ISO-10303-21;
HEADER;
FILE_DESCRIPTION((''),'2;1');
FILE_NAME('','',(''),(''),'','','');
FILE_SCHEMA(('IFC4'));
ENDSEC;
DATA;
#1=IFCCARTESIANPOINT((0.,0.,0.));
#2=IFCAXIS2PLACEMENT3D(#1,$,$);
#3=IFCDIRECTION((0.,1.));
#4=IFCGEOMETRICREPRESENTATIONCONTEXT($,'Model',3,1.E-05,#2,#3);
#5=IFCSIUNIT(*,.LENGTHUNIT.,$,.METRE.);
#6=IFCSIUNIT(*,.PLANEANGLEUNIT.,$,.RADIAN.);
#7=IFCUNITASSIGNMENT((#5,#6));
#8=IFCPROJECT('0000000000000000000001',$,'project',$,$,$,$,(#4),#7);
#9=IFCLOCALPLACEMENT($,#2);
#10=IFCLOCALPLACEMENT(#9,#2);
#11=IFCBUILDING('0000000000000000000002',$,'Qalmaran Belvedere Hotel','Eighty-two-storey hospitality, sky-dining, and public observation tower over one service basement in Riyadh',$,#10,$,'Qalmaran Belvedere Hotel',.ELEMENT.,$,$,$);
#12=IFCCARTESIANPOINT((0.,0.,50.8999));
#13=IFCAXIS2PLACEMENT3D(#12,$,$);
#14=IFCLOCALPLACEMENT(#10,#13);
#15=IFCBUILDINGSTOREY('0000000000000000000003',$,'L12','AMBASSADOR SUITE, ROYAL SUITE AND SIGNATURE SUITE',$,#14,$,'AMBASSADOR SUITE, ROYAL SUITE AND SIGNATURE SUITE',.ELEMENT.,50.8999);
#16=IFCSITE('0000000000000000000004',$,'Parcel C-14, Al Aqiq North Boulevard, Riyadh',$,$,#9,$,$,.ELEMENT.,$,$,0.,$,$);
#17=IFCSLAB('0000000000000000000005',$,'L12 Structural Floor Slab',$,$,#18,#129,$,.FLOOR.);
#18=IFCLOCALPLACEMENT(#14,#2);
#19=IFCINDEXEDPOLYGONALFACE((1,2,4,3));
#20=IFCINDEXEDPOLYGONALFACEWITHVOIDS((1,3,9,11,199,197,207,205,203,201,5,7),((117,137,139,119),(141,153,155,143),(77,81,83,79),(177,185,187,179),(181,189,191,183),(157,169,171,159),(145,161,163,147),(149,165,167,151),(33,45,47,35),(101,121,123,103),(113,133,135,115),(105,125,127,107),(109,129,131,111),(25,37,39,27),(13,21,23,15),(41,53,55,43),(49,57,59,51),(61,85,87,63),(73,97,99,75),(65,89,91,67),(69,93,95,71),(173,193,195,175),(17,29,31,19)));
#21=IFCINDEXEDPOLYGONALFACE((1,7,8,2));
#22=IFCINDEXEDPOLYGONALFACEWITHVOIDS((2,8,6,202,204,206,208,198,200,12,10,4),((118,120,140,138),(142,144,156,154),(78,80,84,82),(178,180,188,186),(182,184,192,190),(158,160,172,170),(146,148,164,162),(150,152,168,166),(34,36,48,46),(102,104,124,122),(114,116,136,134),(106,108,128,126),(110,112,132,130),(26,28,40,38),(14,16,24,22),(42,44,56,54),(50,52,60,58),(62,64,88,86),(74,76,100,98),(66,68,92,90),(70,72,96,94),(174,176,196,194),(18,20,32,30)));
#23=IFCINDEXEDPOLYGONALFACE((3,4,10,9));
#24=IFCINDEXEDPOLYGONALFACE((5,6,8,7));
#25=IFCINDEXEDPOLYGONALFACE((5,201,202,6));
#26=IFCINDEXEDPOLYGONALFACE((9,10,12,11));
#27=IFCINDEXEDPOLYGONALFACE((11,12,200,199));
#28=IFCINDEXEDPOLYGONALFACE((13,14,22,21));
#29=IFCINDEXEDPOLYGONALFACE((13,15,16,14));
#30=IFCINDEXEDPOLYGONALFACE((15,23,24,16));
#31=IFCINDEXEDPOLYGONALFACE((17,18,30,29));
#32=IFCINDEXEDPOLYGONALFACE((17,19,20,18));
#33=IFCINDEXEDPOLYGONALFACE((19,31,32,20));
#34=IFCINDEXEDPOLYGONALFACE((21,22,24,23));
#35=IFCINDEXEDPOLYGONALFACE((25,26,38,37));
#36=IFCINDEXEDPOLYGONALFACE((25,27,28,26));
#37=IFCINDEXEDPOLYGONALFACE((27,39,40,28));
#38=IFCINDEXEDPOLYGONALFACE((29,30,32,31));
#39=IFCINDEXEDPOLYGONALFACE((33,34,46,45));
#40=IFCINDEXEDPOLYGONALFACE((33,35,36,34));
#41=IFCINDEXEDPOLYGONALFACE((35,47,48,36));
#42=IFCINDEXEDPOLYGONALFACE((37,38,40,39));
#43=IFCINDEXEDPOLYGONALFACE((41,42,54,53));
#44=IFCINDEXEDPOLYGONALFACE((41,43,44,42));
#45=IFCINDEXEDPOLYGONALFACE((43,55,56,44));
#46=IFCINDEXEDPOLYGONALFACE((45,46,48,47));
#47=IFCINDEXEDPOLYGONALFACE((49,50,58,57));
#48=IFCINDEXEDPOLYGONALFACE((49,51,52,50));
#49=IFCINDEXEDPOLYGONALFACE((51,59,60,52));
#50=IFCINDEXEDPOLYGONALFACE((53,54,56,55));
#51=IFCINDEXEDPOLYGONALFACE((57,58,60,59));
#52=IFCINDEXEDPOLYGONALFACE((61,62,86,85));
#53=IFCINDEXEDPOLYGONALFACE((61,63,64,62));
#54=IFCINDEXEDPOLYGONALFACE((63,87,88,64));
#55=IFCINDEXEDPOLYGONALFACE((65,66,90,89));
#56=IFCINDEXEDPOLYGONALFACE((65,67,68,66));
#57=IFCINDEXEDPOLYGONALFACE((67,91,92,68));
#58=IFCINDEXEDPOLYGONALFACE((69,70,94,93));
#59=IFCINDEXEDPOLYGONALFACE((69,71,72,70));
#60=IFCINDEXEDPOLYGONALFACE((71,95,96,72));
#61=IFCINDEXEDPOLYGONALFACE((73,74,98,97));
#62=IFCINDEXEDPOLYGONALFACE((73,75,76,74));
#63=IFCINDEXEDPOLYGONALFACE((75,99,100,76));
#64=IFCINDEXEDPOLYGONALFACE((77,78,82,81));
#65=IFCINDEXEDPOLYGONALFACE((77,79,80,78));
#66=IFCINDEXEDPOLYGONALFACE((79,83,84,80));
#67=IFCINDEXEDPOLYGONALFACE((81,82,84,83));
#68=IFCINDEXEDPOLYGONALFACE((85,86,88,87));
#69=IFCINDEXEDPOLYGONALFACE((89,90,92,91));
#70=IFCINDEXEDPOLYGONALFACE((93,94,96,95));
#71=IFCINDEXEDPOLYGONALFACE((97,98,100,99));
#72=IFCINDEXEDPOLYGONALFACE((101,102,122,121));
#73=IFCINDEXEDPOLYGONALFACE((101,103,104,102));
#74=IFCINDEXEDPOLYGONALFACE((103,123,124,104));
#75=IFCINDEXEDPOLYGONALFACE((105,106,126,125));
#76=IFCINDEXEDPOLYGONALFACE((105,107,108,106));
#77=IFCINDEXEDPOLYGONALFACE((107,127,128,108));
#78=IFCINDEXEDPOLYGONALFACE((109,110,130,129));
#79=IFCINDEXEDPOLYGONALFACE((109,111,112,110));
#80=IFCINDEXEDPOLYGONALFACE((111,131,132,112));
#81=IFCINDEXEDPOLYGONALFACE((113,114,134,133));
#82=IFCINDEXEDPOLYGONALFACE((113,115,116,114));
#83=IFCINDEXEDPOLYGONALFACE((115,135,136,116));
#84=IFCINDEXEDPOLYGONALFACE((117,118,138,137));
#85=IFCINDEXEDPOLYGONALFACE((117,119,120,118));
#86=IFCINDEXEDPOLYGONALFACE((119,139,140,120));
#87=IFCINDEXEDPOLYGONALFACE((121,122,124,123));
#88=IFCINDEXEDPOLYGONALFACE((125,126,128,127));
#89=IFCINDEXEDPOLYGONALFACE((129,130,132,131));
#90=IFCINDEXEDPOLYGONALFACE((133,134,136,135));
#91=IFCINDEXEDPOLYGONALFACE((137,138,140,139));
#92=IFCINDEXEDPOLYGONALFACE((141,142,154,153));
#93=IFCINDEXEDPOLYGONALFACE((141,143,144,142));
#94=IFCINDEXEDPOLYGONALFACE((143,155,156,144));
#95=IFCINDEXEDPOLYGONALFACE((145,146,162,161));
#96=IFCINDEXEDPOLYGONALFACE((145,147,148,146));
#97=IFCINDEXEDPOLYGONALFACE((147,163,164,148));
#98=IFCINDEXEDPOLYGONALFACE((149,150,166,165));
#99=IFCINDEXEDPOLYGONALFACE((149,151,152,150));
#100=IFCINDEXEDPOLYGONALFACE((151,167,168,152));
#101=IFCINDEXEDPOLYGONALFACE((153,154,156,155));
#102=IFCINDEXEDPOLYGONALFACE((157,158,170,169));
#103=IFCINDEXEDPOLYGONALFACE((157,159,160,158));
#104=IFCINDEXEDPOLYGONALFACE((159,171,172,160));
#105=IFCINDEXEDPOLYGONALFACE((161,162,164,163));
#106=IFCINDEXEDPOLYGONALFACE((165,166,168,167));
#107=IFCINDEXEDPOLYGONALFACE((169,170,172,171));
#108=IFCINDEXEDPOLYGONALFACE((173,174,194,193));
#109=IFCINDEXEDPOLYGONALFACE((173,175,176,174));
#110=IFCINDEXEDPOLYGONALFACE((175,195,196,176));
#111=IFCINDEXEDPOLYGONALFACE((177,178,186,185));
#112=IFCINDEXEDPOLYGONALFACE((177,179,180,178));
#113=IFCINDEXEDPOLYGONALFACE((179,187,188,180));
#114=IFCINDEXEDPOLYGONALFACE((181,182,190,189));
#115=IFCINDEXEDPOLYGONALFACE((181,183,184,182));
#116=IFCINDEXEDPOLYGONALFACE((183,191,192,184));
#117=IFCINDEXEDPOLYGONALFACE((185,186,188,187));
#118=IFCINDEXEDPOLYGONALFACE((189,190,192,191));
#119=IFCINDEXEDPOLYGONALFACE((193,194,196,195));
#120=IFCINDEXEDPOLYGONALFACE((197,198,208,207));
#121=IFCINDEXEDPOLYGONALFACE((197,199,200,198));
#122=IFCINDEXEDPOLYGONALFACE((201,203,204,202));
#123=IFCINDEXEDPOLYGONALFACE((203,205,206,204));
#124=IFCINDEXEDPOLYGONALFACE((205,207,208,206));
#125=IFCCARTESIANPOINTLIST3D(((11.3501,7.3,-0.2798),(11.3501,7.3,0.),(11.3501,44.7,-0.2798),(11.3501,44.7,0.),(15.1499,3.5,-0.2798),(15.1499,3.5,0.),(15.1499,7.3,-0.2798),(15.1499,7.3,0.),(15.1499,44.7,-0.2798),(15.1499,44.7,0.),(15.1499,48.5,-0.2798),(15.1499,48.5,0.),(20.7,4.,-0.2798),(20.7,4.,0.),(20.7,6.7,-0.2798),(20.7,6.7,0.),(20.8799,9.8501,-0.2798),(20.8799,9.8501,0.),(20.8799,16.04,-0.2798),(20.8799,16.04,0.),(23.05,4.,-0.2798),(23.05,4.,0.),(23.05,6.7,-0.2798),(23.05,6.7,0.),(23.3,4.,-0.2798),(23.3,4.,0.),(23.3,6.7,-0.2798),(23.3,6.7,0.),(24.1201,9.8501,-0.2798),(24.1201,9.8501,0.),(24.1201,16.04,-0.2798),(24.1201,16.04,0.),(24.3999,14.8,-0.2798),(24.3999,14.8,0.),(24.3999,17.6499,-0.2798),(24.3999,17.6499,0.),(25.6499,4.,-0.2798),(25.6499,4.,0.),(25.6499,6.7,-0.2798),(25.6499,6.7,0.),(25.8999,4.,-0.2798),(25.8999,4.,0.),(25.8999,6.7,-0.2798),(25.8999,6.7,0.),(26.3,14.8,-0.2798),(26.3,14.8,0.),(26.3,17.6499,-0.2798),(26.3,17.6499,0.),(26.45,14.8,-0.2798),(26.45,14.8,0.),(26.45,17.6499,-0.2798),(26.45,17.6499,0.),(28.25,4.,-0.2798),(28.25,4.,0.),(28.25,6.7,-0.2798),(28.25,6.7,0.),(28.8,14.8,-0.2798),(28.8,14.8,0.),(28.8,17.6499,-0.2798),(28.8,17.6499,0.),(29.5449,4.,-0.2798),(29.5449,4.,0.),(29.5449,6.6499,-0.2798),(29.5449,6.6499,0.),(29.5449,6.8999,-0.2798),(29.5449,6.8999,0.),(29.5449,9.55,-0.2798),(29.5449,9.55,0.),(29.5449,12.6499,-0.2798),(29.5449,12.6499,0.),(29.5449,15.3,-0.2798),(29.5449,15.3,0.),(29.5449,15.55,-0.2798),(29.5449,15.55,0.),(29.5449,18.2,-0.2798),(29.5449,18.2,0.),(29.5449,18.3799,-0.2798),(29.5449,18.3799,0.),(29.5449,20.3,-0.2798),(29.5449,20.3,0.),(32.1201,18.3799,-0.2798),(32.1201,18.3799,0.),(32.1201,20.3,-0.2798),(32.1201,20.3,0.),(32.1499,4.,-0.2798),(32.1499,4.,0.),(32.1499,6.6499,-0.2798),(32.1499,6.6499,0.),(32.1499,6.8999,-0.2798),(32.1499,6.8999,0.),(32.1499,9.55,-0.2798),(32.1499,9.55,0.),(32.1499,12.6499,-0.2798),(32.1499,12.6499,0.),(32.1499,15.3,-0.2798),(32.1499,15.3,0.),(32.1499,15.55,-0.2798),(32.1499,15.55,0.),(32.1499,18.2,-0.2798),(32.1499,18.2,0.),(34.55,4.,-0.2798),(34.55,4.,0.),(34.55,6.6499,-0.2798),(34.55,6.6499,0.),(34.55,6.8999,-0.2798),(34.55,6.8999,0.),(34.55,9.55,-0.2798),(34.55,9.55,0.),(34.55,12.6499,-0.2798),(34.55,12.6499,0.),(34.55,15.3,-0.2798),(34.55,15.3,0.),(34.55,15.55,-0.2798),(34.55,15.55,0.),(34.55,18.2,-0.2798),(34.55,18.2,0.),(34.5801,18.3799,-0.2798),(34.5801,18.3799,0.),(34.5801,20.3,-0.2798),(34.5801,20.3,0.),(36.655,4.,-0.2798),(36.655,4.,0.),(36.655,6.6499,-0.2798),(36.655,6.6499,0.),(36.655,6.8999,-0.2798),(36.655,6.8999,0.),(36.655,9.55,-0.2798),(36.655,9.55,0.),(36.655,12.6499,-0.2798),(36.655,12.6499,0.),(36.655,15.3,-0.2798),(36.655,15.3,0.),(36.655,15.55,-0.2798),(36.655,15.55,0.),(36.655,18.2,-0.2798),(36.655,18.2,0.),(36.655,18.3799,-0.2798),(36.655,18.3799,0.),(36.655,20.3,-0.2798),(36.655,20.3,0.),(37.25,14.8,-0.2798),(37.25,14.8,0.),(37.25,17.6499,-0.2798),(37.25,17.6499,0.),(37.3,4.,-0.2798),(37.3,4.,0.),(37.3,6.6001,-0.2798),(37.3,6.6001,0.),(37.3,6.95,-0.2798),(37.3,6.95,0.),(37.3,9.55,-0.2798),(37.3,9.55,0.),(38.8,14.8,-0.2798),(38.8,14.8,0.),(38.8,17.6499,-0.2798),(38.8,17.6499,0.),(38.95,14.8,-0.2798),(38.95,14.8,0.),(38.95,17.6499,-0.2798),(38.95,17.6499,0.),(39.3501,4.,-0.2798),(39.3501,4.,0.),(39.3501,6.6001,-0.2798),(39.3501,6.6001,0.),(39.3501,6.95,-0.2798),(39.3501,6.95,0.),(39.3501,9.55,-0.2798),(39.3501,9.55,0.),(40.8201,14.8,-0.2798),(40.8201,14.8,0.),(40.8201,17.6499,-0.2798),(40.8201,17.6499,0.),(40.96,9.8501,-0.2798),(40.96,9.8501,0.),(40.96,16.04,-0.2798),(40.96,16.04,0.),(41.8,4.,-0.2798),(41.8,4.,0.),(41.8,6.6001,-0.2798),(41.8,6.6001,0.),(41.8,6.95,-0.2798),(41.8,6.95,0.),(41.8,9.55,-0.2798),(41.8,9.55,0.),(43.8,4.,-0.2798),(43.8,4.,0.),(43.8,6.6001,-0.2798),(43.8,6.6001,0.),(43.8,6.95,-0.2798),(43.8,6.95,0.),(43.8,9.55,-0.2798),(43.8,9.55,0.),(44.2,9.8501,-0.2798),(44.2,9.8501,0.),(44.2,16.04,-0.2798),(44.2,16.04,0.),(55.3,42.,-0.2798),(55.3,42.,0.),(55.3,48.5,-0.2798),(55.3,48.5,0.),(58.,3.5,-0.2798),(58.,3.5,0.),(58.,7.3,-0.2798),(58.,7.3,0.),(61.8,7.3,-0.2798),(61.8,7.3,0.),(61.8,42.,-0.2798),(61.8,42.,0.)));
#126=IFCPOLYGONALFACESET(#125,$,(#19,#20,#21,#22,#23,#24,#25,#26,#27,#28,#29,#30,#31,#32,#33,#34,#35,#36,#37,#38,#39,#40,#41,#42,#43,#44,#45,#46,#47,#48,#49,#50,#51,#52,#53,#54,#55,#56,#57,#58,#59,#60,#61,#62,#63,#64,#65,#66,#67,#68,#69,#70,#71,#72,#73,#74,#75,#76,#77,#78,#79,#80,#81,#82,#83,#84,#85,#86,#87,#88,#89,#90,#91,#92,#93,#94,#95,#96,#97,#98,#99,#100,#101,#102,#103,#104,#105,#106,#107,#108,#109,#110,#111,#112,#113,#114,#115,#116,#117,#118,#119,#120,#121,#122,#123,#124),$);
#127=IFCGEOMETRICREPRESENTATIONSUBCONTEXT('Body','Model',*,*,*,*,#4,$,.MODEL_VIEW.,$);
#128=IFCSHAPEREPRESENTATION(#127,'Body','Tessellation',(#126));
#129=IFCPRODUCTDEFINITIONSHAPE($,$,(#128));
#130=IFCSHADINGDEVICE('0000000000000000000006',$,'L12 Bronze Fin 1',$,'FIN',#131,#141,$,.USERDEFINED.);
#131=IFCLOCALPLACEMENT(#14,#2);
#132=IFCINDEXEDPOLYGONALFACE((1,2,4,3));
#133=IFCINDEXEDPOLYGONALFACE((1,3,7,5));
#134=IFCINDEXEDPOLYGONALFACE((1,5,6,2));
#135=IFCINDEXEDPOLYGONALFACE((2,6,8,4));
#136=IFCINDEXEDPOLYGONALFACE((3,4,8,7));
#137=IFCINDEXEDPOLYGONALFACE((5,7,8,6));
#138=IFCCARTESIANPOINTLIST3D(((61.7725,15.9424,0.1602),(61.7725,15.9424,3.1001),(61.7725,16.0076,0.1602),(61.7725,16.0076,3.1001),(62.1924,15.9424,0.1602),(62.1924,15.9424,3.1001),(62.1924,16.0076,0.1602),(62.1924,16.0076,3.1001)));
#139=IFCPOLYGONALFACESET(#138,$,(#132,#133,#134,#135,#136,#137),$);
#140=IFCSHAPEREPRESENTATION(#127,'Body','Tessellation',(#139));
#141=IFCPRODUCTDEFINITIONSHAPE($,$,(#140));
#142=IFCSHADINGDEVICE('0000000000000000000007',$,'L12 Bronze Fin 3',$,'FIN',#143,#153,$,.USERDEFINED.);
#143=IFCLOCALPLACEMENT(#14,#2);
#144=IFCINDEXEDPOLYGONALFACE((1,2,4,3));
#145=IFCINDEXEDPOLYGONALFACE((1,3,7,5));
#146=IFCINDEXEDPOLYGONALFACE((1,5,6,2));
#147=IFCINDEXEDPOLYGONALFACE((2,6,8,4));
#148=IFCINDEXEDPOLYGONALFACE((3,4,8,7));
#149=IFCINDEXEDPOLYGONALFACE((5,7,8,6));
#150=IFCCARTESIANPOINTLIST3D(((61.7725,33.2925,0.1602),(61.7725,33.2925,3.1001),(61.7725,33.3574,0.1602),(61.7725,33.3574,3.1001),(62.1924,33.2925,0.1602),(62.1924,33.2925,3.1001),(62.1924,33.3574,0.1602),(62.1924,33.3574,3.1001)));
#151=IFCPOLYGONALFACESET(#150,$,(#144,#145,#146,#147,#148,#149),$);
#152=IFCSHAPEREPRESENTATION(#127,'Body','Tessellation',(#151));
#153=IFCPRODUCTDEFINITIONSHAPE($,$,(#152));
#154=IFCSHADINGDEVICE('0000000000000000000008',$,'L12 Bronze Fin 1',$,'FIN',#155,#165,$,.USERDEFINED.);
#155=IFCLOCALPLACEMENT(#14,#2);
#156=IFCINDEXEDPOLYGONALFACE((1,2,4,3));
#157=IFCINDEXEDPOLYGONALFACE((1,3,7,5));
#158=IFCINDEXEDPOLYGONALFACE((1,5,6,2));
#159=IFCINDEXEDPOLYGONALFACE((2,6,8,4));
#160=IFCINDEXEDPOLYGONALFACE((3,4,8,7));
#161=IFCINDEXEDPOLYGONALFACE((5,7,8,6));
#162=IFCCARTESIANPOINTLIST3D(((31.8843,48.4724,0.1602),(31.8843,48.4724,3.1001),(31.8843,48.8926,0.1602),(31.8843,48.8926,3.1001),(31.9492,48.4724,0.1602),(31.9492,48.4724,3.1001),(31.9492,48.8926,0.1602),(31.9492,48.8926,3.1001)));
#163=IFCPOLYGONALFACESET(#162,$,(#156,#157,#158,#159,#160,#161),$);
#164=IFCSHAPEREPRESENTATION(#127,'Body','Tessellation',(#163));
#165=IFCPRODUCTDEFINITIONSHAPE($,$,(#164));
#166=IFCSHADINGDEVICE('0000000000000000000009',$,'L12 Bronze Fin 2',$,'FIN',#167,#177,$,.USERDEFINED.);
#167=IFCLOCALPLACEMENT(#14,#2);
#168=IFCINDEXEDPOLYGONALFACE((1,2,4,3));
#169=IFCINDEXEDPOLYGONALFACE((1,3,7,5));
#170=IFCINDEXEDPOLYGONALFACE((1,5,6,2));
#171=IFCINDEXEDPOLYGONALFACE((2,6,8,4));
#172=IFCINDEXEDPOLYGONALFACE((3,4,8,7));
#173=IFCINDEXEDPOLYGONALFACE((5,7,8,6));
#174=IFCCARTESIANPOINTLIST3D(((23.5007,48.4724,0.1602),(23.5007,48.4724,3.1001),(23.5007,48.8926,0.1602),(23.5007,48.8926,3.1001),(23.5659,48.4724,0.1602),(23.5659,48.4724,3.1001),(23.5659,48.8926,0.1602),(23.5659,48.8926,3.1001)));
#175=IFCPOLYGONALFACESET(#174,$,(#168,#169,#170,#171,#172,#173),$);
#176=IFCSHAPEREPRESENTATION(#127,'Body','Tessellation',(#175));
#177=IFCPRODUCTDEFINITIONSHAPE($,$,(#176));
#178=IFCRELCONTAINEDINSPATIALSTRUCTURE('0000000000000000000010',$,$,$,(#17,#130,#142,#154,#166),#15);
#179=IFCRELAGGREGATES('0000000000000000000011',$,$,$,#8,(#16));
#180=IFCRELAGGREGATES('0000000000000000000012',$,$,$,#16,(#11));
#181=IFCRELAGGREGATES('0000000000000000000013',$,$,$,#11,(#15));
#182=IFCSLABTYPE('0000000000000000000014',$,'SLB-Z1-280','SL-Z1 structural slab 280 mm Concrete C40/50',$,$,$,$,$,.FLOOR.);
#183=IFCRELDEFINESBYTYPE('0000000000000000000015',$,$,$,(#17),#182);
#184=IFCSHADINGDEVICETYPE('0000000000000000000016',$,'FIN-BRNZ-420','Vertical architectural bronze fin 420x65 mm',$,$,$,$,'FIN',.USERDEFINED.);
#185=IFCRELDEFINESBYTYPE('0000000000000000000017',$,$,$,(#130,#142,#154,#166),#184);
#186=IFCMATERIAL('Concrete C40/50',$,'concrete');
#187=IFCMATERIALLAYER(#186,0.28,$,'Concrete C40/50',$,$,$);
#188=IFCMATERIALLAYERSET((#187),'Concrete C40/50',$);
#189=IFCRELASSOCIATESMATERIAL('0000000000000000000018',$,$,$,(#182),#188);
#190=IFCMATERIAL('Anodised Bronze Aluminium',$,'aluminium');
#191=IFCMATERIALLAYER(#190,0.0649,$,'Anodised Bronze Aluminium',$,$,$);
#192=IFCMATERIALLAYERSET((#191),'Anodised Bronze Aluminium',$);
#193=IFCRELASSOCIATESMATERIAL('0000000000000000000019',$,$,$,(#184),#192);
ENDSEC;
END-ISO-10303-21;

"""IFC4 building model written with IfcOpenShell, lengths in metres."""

from ifc_helpers import new_model, si_unit, direction, frame, origin, place, context, subcontext, project, spatial, polyline, outline, extrude, material, layer, layer_set, type_object, element, save


model = new_model("IFC4")

# Units and contexts
model_context = context("Model", 3, precision=1e-05, world=origin(), true_north=direction((0.0, 1.0)))
body_context = subcontext(model_context, "Body", "Model", "MODEL_VIEW")
ifc_project = project(units=[si_unit("LENGTHUNIT", "METRE"), si_unit("PLANEANGLEUNIT", "RADIAN")], contexts=[model_context])

# Site, building, storey
site_placement = place(None, origin())
site = spatial("IfcSite", under=ifc_project, at=site_placement, Name="Parcel C-14, Al Aqiq North Boulevard, Riyadh", CompositionType="ELEMENT", RefElevation=0.0)
building_placement = place(site_placement, origin())
building = spatial("IfcBuilding", under=site, at=building_placement, Name="Qalmaran Belvedere Hotel", Description="Eighty-two-storey hospitality, sky-dining, and public observation tower over one service basement in Riyadh", LongName="Qalmaran Belvedere Hotel", CompositionType="ELEMENT")
storey_placement = place(building_placement, frame((0.0, 0.0, 50.8999)))
storey = spatial("IfcBuildingStorey", under=building, at=storey_placement, Name="L12", Description="AMBASSADOR SUITE, ROYAL SUITE AND SIGNATURE SUITE", LongName="AMBASSADOR SUITE, ROYAL SUITE AND SIGNATURE SUITE", CompositionType="ELEMENT", Elevation=50.8999)

# Shared definitions
ifc_material_1 = material(Name="Anodised Bronze Aluminium", Category="aluminium")

# Shared definitions
ifc_material_2 = material(Name="Concrete C40/50", Category="concrete")

# Slab
ifc_layer_1 = layer(ifc_material_2, 0.28, Name="Concrete C40/50")
ifc_layer_set_1 = layer_set([ifc_layer_1], Name="Concrete C40/50")
slab_type_1 = type_object("IfcSlabType", Name="SLB-Z1-280", Description="SL-Z1 structural slab 280 mm Concrete C40/50", PredefinedType="FLOOR", material=ifc_layer_set_1)
slab_1_placement = place(storey_placement, frame((0.0, 0.0, -0.2798)))
element("IfcSlab", 1, at=slab_1_placement, inside=storey, type_object=slab_type_1, Name="L12 Structural Floor Slab", PredefinedType="FLOOR", context=body_context, shape_type="SweptSolid", body=[
    extrude(outline(polyline([(15.1499, 3.5), (58.0, 3.5), (58.0, 7.3), (61.8, 7.3), (61.8, 42.0), (55.3, 42.0), (55.3, 48.5), (15.1499, 48.5), (15.1499, 44.7), (11.3501, 44.7), (11.3501, 7.3), (15.1499, 7.3), (15.1499, 3.5)]), holes=[polyline([(20.8799, 9.8501), (24.1201, 9.8501), (24.1201, 16.04), (20.8799, 16.04), (20.8799, 9.8501)]), polyline([(40.96, 9.8501), (44.2, 9.8501), (44.2, 16.04), (40.96, 16.04), (40.96, 9.8501)]), polyline([(29.5449, 4.0), (32.1499, 4.0), (32.1499, 6.6499), (29.5449, 6.6499), (29.5449, 4.0)]), polyline([(29.5449, 6.8999), (32.1499, 6.8999), (32.1499, 9.55), (29.5449, 9.55), (29.5449, 6.8999)]), polyline([(34.55, 4.0), (36.655, 4.0), (36.655, 6.6499), (34.55, 6.6499), (34.55, 4.0)]), polyline([(34.55, 6.8999), (36.655, 6.8999), (36.655, 9.55), (34.55, 9.55), (34.55, 6.8999)]), polyline([(29.5449, 12.6499), (32.1499, 12.6499), (32.1499, 15.3), (29.5449, 15.3), (29.5449, 12.6499)]), polyline([(29.5449, 15.55), (32.1499, 15.55), (32.1499, 18.2), (29.5449, 18.2), (29.5449, 15.55)]), polyline([(34.55, 12.6499), (36.655, 12.6499), (36.655, 15.3), (34.55, 15.3), (34.55, 12.6499)]), polyline([(34.55, 15.55), (36.655, 15.55), (36.655, 18.2), (34.55, 18.2), (34.55, 15.55)]), polyline([(37.3, 4.0), (39.3501, 4.0), (39.3501, 6.6001), (37.3, 6.6001), (37.3, 4.0)]), polyline([(37.3, 6.95), (39.3501, 6.95), (39.3501, 9.55), (37.3, 9.55), (37.3, 6.95)]), polyline([(41.8, 4.0), (43.8, 4.0), (43.8, 6.6001), (41.8, 6.6001), (41.8, 4.0)]), polyline([(41.8, 6.95), (43.8, 6.95), (43.8, 9.55), (41.8, 9.55), (41.8, 6.95)]), polyline([(20.7, 4.0), (23.05, 4.0), (23.05, 6.7), (20.7, 6.7), (20.7, 4.0)]), polyline([(23.3, 4.0), (25.6499, 4.0), (25.6499, 6.7), (23.3, 6.7), (23.3, 4.0)]), polyline([(25.8999, 4.0), (28.25, 4.0), (28.25, 6.7), (25.8999, 6.7), (25.8999, 4.0)]), polyline([(24.3999, 14.8), (26.3, 14.8), (26.3, 17.6499), (24.3999, 17.6499), (24.3999, 14.8)]), polyline([(38.95, 14.8), (40.8201, 14.8), (40.8201, 17.6499), (38.95, 17.6499), (38.95, 14.8)]), polyline([(26.45, 14.8), (28.8, 14.8), (28.8, 17.6499), (26.45, 17.6499), (26.45, 14.8)]), polyline([(37.25, 14.8), (38.8, 14.8), (38.8, 17.6499), (37.25, 17.6499), (37.25, 14.8)]), polyline([(29.5449, 18.3799), (32.1201, 18.3799), (32.1201, 20.3), (29.5449, 20.3), (29.5449, 18.3799)]), polyline([(34.5801, 18.3799), (36.655, 18.3799), (36.655, 20.3), (34.5801, 20.3), (34.5801, 18.3799)])]), origin(), (0.0, 0.0, 1.0), 0.2798),
])

# Shading devices
ifc_layer_2 = layer(ifc_material_1, 0.0649, Name="Anodised Bronze Aluminium")
ifc_layer_set_2 = layer_set([ifc_layer_2], Name="Anodised Bronze Aluminium")
shading_device_type = type_object("IfcShadingDeviceType", Name="FIN-BRNZ-420", Description="Vertical architectural bronze fin 420x65 mm", ElementType="FIN", PredefinedType="USERDEFINED", material=ifc_layer_set_2)
shading_device_1_placement = place(storey_placement, frame((0.0, 0.0, 0.1602)))
element("IfcShadingDevice", 2, at=shading_device_1_placement, inside=storey, type_object=shading_device_type, Name="L12 Bronze Fin 1", ObjectType="FIN", PredefinedType="USERDEFINED", context=body_context, shape_type="SweptSolid", body=[
    extrude(outline(polyline([(61.7725, 15.9424), (62.1924, 15.9424), (62.1924, 16.0076), (61.7725, 16.0076), (61.7725, 15.9424)])), origin(), (0.0, 0.0, 1.0), 2.9399),
])
shading_device_2_placement = place(storey_placement, frame((0.0, 0.0, 0.1602)))
element("IfcShadingDevice", 3, at=shading_device_2_placement, inside=storey, type_object=shading_device_type, Name="L12 Bronze Fin 3", ObjectType="FIN", PredefinedType="USERDEFINED", context=body_context, shape_type="SweptSolid", body=[
    extrude(outline(polyline([(61.7725, 33.2925), (62.1924, 33.2925), (62.1924, 33.3574), (61.7725, 33.3574), (61.7725, 33.2925)])), origin(), (0.0, 0.0, 1.0), 2.9399),
])
shading_device_3_placement = place(storey_placement, frame((0.0, 0.0, 0.1602)))
element("IfcShadingDevice", 4, at=shading_device_3_placement, inside=storey, type_object=shading_device_type, Name="L12 Bronze Fin 1", ObjectType="FIN", PredefinedType="USERDEFINED", context=body_context, shape_type="SweptSolid", body=[
    extrude(outline(polyline([(31.9492, 48.4724), (31.9492, 48.8926), (31.8843, 48.8926), (31.8843, 48.4724), (31.9492, 48.4724)])), origin(), (0.0, 0.0, 1.0), 2.9399),
])
shading_device_4_placement = place(storey_placement, frame((0.0, 0.0, 0.1602)))
element("IfcShadingDevice", 5, at=shading_device_4_placement, inside=storey, type_object=shading_device_type, Name="L12 Bronze Fin 2", ObjectType="FIN", PredefinedType="USERDEFINED", context=body_context, shape_type="SweptSolid", body=[
    extrude(outline(polyline([(23.5659, 48.4724), (23.5659, 48.8926), (23.5007, 48.8926), (23.5007, 48.4724), (23.5659, 48.4724)])), origin(), (0.0, 0.0, 1.0), 2.9399),
])

save(model, "model.ifc")
